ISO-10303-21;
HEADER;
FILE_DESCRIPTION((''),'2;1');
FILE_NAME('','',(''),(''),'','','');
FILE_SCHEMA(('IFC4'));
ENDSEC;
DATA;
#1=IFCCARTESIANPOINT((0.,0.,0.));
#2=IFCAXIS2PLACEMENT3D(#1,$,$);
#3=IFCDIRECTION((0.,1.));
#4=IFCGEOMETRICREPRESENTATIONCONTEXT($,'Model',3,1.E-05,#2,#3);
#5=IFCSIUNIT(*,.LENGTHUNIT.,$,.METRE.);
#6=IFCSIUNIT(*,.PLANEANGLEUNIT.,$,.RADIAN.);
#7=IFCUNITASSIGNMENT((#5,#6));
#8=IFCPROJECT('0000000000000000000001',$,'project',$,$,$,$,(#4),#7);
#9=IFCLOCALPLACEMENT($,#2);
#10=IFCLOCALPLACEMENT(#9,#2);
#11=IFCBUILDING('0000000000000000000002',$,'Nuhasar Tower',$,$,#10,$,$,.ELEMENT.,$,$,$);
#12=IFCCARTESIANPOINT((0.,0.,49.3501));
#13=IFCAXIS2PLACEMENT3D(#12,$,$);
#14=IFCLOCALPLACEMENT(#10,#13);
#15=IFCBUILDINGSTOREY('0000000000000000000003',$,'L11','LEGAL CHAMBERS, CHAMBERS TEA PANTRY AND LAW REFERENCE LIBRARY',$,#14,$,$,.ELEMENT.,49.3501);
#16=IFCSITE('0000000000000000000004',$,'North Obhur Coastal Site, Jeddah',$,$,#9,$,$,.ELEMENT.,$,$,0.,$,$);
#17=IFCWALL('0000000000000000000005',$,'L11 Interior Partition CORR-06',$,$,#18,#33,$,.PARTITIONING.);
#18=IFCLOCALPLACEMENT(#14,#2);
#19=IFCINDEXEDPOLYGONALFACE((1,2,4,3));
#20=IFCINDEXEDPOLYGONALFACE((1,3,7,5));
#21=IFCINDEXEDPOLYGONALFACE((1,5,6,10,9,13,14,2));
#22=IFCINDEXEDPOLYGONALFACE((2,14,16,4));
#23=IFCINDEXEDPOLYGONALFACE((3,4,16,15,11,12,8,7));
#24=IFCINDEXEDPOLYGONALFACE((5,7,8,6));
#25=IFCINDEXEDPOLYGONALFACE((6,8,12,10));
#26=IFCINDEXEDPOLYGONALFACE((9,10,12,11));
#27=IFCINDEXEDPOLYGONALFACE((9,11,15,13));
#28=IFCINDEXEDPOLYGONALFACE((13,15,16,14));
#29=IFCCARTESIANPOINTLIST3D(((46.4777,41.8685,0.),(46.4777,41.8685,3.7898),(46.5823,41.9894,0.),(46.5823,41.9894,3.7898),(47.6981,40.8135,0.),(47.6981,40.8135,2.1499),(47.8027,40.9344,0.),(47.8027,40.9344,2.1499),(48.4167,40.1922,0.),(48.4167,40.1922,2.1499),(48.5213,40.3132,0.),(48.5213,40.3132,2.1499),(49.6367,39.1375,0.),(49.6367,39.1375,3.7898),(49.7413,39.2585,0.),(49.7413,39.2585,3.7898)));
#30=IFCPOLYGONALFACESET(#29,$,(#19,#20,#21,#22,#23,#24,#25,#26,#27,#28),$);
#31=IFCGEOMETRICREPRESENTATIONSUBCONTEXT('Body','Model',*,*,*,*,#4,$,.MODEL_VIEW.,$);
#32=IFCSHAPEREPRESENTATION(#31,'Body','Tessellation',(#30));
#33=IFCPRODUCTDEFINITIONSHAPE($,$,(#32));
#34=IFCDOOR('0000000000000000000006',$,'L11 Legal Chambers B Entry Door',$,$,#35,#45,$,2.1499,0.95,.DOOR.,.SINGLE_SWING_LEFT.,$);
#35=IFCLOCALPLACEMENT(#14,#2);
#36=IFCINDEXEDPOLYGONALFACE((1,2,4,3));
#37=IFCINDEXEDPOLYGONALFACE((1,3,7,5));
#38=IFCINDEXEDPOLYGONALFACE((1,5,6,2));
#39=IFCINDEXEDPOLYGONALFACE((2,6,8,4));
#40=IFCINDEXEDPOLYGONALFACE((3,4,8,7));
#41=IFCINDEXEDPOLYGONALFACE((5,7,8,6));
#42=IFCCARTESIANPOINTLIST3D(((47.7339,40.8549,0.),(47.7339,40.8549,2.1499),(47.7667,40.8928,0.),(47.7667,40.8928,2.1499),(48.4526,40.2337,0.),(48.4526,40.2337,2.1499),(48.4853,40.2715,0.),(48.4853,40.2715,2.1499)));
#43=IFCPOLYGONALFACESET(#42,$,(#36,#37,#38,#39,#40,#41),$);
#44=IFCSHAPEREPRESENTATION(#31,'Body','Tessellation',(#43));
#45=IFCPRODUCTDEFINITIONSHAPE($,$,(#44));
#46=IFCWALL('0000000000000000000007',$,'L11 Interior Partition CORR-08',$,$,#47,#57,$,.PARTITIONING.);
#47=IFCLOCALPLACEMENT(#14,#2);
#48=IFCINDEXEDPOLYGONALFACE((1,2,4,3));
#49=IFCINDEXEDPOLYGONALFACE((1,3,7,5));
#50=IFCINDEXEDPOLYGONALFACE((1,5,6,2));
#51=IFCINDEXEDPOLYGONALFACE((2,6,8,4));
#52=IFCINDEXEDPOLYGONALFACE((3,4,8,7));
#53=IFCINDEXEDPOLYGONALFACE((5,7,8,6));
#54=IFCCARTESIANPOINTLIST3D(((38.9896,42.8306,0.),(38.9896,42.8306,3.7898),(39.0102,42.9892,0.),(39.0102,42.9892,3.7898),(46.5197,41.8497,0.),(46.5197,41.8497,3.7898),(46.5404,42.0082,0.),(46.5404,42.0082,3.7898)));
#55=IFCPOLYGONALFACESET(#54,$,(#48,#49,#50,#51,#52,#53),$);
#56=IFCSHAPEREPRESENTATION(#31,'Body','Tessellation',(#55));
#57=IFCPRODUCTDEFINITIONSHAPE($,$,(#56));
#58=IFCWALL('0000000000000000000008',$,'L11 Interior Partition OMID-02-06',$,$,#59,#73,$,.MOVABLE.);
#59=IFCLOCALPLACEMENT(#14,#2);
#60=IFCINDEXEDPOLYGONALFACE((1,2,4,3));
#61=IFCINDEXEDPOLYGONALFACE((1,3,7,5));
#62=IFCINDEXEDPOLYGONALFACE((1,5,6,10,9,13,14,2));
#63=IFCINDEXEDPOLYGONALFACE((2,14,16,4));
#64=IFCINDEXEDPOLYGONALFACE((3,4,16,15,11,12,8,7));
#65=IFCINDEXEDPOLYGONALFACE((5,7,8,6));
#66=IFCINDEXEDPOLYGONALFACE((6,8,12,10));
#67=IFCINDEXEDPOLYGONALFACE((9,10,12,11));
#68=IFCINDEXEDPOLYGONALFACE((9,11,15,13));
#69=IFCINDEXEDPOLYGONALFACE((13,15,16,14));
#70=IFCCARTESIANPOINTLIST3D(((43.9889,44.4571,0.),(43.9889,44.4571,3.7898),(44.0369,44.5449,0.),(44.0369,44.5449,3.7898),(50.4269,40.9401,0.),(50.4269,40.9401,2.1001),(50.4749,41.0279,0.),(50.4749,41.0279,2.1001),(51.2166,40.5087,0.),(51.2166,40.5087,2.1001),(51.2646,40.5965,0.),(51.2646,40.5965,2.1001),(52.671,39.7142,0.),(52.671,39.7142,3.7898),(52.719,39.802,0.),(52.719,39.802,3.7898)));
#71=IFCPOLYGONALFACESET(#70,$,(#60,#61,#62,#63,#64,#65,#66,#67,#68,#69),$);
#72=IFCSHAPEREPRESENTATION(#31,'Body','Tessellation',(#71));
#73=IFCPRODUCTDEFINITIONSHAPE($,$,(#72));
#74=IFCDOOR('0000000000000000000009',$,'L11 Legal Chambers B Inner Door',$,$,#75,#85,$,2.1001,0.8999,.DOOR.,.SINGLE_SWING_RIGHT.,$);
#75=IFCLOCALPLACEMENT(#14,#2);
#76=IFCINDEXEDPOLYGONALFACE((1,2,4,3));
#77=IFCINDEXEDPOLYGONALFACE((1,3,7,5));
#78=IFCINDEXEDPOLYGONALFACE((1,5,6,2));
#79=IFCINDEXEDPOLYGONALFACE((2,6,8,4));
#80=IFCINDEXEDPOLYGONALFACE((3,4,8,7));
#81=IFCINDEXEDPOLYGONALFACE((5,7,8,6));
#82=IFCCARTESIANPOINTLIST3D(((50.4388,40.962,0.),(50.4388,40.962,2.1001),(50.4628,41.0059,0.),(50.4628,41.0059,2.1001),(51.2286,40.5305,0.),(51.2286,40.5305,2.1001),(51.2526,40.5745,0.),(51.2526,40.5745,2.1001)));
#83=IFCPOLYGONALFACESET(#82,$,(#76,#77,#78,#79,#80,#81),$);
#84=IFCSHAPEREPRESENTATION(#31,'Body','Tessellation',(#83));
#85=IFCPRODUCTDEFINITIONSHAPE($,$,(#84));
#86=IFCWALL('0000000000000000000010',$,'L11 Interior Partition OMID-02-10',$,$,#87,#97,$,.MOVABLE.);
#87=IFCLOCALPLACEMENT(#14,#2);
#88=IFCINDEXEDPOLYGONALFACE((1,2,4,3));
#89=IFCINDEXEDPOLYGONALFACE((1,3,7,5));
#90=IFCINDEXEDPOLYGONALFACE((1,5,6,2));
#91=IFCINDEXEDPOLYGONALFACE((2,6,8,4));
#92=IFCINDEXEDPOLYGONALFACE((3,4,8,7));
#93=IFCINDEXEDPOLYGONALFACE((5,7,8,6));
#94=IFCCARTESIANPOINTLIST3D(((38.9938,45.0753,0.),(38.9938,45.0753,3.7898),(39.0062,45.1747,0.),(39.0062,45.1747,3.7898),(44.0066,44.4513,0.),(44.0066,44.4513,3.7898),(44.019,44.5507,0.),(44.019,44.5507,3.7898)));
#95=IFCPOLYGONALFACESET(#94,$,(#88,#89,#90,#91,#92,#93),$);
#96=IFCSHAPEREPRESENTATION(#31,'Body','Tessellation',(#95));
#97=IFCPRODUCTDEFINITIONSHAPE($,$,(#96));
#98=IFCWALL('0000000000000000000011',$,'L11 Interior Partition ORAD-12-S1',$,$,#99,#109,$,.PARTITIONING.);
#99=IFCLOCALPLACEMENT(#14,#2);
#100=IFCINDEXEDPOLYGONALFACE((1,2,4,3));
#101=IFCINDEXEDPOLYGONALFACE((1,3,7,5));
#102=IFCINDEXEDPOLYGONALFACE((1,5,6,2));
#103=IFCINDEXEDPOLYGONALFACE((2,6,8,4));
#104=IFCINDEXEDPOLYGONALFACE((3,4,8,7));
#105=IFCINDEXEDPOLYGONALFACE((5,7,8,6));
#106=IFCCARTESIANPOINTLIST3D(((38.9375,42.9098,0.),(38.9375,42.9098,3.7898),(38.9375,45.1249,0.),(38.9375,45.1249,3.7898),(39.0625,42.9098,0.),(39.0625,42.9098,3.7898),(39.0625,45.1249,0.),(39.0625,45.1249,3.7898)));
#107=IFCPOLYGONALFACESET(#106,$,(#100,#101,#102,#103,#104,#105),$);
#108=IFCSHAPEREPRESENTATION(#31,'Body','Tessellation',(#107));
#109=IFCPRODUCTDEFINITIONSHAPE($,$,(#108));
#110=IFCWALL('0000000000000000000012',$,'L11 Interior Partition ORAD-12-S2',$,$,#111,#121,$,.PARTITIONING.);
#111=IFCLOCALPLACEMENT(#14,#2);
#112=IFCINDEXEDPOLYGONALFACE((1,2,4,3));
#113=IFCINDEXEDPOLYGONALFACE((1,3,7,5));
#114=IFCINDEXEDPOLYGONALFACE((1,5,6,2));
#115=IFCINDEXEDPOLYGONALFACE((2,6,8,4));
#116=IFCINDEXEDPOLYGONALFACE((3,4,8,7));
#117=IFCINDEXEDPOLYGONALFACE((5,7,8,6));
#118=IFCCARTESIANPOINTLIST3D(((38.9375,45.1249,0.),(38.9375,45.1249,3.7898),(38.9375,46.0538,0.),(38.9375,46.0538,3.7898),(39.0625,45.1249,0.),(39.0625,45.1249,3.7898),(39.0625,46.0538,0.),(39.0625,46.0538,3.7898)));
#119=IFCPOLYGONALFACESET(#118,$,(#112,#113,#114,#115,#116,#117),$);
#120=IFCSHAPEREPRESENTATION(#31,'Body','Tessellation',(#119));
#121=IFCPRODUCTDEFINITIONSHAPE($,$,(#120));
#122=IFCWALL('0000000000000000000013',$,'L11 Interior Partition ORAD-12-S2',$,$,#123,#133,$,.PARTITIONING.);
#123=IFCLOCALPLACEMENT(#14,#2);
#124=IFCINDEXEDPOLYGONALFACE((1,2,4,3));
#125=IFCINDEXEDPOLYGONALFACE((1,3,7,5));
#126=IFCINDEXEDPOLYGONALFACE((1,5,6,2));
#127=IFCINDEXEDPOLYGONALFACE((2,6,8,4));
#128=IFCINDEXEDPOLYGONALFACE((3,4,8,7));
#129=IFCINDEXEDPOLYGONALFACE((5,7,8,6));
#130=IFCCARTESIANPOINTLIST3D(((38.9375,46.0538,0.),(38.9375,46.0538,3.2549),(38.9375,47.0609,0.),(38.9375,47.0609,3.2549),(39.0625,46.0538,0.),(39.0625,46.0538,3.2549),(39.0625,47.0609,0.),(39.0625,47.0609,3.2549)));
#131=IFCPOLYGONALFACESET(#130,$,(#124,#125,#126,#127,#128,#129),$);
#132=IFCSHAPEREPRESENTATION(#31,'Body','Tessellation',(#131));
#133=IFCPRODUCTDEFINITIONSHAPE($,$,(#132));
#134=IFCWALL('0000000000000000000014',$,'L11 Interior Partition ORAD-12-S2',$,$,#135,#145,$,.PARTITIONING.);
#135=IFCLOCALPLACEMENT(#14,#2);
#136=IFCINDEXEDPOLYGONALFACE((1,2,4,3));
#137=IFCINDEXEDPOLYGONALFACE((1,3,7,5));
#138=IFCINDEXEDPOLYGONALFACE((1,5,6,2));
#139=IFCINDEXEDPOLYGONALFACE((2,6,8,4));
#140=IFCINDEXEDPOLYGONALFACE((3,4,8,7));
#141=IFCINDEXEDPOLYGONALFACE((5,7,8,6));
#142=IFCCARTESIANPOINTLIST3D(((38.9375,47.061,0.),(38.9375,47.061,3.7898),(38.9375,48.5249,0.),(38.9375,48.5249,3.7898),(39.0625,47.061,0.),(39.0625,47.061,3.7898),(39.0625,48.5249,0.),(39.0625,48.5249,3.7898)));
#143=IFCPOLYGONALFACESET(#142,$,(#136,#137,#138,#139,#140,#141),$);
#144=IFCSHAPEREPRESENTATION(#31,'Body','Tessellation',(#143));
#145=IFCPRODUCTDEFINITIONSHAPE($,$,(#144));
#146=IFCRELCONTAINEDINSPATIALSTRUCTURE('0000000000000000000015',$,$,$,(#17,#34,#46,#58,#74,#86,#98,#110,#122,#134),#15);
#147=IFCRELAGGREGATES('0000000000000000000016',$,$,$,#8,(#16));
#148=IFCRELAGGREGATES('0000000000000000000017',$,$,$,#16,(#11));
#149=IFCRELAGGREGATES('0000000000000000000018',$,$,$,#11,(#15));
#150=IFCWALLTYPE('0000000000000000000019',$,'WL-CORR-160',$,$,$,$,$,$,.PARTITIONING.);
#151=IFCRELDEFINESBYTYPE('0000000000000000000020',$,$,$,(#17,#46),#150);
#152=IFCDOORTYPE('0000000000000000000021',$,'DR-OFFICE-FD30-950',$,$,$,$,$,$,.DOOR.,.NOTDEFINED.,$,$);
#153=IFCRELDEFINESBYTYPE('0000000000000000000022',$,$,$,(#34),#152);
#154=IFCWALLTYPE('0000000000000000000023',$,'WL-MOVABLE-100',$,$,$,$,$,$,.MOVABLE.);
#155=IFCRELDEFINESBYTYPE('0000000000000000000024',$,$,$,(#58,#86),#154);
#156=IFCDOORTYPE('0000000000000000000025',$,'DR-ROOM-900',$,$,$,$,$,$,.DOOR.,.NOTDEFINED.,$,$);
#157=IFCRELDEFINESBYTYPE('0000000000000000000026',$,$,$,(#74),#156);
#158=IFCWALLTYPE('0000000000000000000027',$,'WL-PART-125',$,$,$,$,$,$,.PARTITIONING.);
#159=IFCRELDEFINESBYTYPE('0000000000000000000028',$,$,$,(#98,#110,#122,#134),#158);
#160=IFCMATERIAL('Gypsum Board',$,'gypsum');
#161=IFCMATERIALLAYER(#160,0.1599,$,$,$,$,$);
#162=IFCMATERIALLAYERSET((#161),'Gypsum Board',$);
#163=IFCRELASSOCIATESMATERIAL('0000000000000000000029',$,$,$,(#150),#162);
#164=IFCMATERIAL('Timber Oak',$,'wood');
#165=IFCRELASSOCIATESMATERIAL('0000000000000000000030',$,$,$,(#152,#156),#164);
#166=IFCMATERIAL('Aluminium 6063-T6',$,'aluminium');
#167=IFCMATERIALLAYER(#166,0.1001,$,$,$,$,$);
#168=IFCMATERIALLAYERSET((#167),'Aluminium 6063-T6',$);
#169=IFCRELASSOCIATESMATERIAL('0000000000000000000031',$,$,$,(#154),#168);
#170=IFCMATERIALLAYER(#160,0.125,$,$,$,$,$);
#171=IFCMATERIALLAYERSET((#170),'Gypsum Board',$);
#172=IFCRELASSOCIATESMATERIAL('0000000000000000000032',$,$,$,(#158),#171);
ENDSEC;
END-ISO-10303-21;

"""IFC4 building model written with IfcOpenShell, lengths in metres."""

from ifc_helpers import new_model, si_unit, direction, frame, frame_2d, origin, place, context, subcontext, project, spatial, rectangle, extrude, material, layer, layer_set, type_object, element, fill, save


model = new_model("IFC4")

# Units and contexts
model_context = context("Model", 3, precision=1e-05, world=origin(), true_north=direction((0.0, 1.0)))
body_context = subcontext(model_context, "Body", "Model", "MODEL_VIEW")
ifc_project = project(units=[si_unit("LENGTHUNIT", "METRE"), si_unit("PLANEANGLEUNIT", "RADIAN")], contexts=[model_context])

# Site, building, storey
site_placement = place(None, origin())
site = spatial("IfcSite", under=ifc_project, at=site_placement, Name="North Obhur Coastal Site, Jeddah", CompositionType="ELEMENT", RefElevation=0.0)
building_placement = place(site_placement, origin())
building = spatial("IfcBuilding", under=site, at=building_placement, Name="Nuhasar Tower", CompositionType="ELEMENT")
storey_placement = place(building_placement, frame((0.0, 0.0, 49.3501)))
storey = spatial("IfcBuildingStorey", under=building, at=storey_placement, Name="L11", Description="LEGAL CHAMBERS, CHAMBERS TEA PANTRY AND LAW REFERENCE LIBRARY", CompositionType="ELEMENT", Elevation=49.3501)

# Shared definitions
ifc_material_1 = material(Name="Aluminium 6063-T6", Category="aluminium")

# Wall, opening, door
ifc_material_2 = material(Name="Gypsum Board", Category="gypsum")
ifc_layer_1 = layer(ifc_material_2, 0.1599)
ifc_layer_set_1 = layer_set([ifc_layer_1], Name="Gypsum Board")
wall_type_1 = type_object("IfcWallType", Name="WL-CORR-160", PredefinedType="PARTITIONING", material=ifc_layer_set_1)
wall_1_placement = place(storey_placement, frame((46.53, 41.929, 0.0), z_axis=(0.0, 0.0, 1.0), x_axis=(0.756493, -0.654002, 0.0)))
wall_1 = element("IfcWall", 1, at=wall_1_placement, inside=storey, type_object=wall_type_1, Name="L11 Interior Partition CORR-06", PredefinedType="PARTITIONING", context=body_context, shape_type="SweptSolid", body=[
    extrude(rectangle(XDim=4.1758, YDim=0.1599, at=frame_2d((2.0879, 0.0))), origin(), (0.0, 0.0, 1.0), 3.7898),
])
opening_1_placement = place(wall_1_placement, frame((1.613, 0.0, 0.0)))
opening_1 = element("IfcOpeningElement", 2, at=opening_1_placement, cuts=wall_1, PredefinedType="OPENING", context=body_context, shape_type="SweptSolid", body=[
    extrude(rectangle(XDim=0.95, YDim=2.1499, at=frame_2d((0.4751, 1.075))), frame((0.0, 0.0898, 0.0), z_axis=(0.0, -1.0, 0.0), x_axis=(1.0, 0.0, 0.0)), (0.0, 0.0, 1.0), 0.1799),
])
ifc_material_3 = material(Name="Timber Oak", Category="wood")
door_type_1 = type_object("IfcDoorType", Name="DR-OFFICE-FD30-950", OperationType="NOTDEFINED", PredefinedType="DOOR", material=ifc_material_3)
door_1_placement = place(opening_1_placement, origin())
door_1 = element("IfcDoor", 3, at=door_1_placement, inside=storey, type_object=door_type_1, Name="L11 Legal Chambers B Entry Door", OperationType="SINGLE_SWING_LEFT", OverallHeight=2.1499, OverallWidth=0.95, PredefinedType="DOOR", context=body_context, shape_type="SweptSolid", body=[
    extrude(rectangle(XDim=0.95, YDim=2.1499, at=frame_2d((0.4751, 1.075))), frame((0.0, 0.0249, 0.0), z_axis=(0.0, -1.0, 0.0), x_axis=(1.0, 0.0, 0.0)), (0.0, 0.0, 1.0), 0.05),
])
fill(opening_1, door_1)

# Wall
wall_2_placement = place(storey_placement, frame((46.53, 41.929, 0.0), z_axis=(0.0, 0.0, 1.0), x_axis=(-0.991621, 0.129181, 0.0)))
element("IfcWall", 4, at=wall_2_placement, inside=storey, type_object=wall_type_1, Name="L11 Interior Partition CORR-08", PredefinedType="PARTITIONING", context=body_context, shape_type="SweptSolid", body=[
    extrude(rectangle(XDim=7.5938, YDim=0.1599, at=frame_2d((3.7969, 0.0))), origin(), (0.0, 0.0, 1.0), 3.7898),
])

# Wall, opening, door
ifc_layer_2 = layer(ifc_material_1, 0.1001)
ifc_layer_set_2 = layer_set([ifc_layer_2], Name="Aluminium 6063-T6")
wall_type_2 = type_object("IfcWallType", Name="WL-MOVABLE-100", PredefinedType="MOVABLE", material=ifc_layer_set_2)
wall_3_placement = place(storey_placement, frame((44.0129, 44.501, 0.0), z_axis=(0.0, 0.0, 1.0), x_axis=(0.877589, -0.479414, 0.0)))
wall_3 = element("IfcWall", 5, at=wall_3_placement, inside=storey, type_object=wall_type_2, Name="L11 Interior Partition OMID-02-06", PredefinedType="MOVABLE", context=body_context, shape_type="SweptSolid", body=[
    extrude(rectangle(XDim=9.8931, YDim=0.1001, at=frame_2d((4.9465, 0.0))), origin(), (0.0, 0.0, 1.0), 3.7898),
])
opening_2_placement = place(wall_3_placement, frame((7.3359, 0.0, 0.0)))
opening_2 = element("IfcOpeningElement", 6, at=opening_2_placement, cuts=wall_3, PredefinedType="OPENING", context=body_context, shape_type="SweptSolid", body=[
    extrude(rectangle(XDim=0.8999, YDim=2.1001, at=frame_2d((0.45, 1.05))), frame((0.0, 0.0601, 0.0), z_axis=(0.0, -1.0, 0.0), x_axis=(1.0, 0.0, 0.0)), (0.0, 0.0, 1.0), 0.1201),
])
door_type_2 = type_object("IfcDoorType", Name="DR-ROOM-900", OperationType="NOTDEFINED", PredefinedType="DOOR", material=ifc_material_3)
door_2_placement = place(opening_2_placement, origin())
door_2 = element("IfcDoor", 7, at=door_2_placement, inside=storey, type_object=door_type_2, Name="L11 Legal Chambers B Inner Door", OperationType="SINGLE_SWING_RIGHT", OverallHeight=2.1001, OverallWidth=0.8999, PredefinedType="DOOR", context=body_context, shape_type="SweptSolid", body=[
    extrude(rectangle(XDim=0.8999, YDim=2.1001, at=frame_2d((0.45, 1.05))), frame((0.0, 0.0249, 0.0), z_axis=(0.0, -1.0, 0.0), x_axis=(1.0, 0.0, 0.0)), (0.0, 0.0, 1.0), 0.05),
])
fill(opening_2, door_2)

# Walls
wall_4_placement = place(storey_placement, frame((44.0129, 44.501, 0.0), z_axis=(0.0, 0.0, 1.0), x_axis=(-0.992341, 0.123529, 0.0)))
element("IfcWall", 8, at=wall_4_placement, inside=storey, type_object=wall_type_2, Name="L11 Interior Partition OMID-02-10", PredefinedType="MOVABLE", context=body_context, shape_type="SweptSolid", body=[
    extrude(rectangle(XDim=5.0515, YDim=0.1001, at=frame_2d((2.5259, 0.0))), origin(), (0.0, 0.0, 1.0), 3.7898),
])
ifc_layer_3 = layer(ifc_material_2, 0.125)
ifc_layer_set_3 = layer_set([ifc_layer_3], Name="Gypsum Board")
wall_type_3 = type_object("IfcWallType", Name="WL-PART-125", PredefinedType="PARTITIONING", material=ifc_layer_set_3)
wall_5_placement = place(storey_placement, frame((39.0, 42.9099, 0.0), z_axis=(0.0, 0.0, 1.0), x_axis=(0.0, 1.0, 0.0)))
element("IfcWall", 9, at=wall_5_placement, inside=storey, type_object=wall_type_3, Name="L11 Interior Partition ORAD-12-S1", PredefinedType="PARTITIONING", context=body_context, shape_type="SweptSolid", body=[
    extrude(rectangle(XDim=2.2151, YDim=0.125, at=frame_2d((1.1074, 0.0))), origin(), (0.0, 0.0, 1.0), 3.7898),
])
wall_6_placement = place(storey_placement, frame((39.0, 45.125, 0.0), z_axis=(0.0, 0.0, 1.0), x_axis=(0.0, 1.0, 0.0)))
element("IfcWall", 10, at=wall_6_placement, inside=storey, type_object=wall_type_3, Name="L11 Interior Partition ORAD-12-S2", PredefinedType="PARTITIONING", context=body_context, shape_type="SweptSolid", body=[
    extrude(rectangle(XDim=0.929, YDim=0.125, at=frame_2d((0.4644, 0.0))), origin(), (0.0, 0.0, 1.0), 3.7898),
])
wall_7_placement = place(storey_placement, frame((39.0, 46.054, 0.0), z_axis=(0.0, 0.0, 1.0), x_axis=(0.0, 1.0, 0.0)))
element("IfcWall", 11, at=wall_7_placement, inside=storey, type_object=wall_type_3, Name="L11 Interior Partition ORAD-12-S2", PredefinedType="PARTITIONING", context=body_context, shape_type="SweptSolid", body=[
    extrude(rectangle(XDim=1.0071, YDim=0.125, at=frame_2d((0.5034, 0.0))), origin(), (0.0, 0.0, 1.0), 3.2549),
])
wall_8_placement = place(storey_placement, frame((39.0, 47.061, 0.0), z_axis=(0.0, 0.0, 1.0), x_axis=(0.0, 1.0, 0.0)))
element("IfcWall", 12, at=wall_8_placement, inside=storey, type_object=wall_type_3, Name="L11 Interior Partition ORAD-12-S2", PredefinedType="PARTITIONING", context=body_context, shape_type="SweptSolid", body=[
    extrude(rectangle(XDim=1.4639, YDim=0.125, at=frame_2d((0.7319, 0.0))), origin(), (0.0, 0.0, 1.0), 3.7898),
])

save(model, "model.ifc")
